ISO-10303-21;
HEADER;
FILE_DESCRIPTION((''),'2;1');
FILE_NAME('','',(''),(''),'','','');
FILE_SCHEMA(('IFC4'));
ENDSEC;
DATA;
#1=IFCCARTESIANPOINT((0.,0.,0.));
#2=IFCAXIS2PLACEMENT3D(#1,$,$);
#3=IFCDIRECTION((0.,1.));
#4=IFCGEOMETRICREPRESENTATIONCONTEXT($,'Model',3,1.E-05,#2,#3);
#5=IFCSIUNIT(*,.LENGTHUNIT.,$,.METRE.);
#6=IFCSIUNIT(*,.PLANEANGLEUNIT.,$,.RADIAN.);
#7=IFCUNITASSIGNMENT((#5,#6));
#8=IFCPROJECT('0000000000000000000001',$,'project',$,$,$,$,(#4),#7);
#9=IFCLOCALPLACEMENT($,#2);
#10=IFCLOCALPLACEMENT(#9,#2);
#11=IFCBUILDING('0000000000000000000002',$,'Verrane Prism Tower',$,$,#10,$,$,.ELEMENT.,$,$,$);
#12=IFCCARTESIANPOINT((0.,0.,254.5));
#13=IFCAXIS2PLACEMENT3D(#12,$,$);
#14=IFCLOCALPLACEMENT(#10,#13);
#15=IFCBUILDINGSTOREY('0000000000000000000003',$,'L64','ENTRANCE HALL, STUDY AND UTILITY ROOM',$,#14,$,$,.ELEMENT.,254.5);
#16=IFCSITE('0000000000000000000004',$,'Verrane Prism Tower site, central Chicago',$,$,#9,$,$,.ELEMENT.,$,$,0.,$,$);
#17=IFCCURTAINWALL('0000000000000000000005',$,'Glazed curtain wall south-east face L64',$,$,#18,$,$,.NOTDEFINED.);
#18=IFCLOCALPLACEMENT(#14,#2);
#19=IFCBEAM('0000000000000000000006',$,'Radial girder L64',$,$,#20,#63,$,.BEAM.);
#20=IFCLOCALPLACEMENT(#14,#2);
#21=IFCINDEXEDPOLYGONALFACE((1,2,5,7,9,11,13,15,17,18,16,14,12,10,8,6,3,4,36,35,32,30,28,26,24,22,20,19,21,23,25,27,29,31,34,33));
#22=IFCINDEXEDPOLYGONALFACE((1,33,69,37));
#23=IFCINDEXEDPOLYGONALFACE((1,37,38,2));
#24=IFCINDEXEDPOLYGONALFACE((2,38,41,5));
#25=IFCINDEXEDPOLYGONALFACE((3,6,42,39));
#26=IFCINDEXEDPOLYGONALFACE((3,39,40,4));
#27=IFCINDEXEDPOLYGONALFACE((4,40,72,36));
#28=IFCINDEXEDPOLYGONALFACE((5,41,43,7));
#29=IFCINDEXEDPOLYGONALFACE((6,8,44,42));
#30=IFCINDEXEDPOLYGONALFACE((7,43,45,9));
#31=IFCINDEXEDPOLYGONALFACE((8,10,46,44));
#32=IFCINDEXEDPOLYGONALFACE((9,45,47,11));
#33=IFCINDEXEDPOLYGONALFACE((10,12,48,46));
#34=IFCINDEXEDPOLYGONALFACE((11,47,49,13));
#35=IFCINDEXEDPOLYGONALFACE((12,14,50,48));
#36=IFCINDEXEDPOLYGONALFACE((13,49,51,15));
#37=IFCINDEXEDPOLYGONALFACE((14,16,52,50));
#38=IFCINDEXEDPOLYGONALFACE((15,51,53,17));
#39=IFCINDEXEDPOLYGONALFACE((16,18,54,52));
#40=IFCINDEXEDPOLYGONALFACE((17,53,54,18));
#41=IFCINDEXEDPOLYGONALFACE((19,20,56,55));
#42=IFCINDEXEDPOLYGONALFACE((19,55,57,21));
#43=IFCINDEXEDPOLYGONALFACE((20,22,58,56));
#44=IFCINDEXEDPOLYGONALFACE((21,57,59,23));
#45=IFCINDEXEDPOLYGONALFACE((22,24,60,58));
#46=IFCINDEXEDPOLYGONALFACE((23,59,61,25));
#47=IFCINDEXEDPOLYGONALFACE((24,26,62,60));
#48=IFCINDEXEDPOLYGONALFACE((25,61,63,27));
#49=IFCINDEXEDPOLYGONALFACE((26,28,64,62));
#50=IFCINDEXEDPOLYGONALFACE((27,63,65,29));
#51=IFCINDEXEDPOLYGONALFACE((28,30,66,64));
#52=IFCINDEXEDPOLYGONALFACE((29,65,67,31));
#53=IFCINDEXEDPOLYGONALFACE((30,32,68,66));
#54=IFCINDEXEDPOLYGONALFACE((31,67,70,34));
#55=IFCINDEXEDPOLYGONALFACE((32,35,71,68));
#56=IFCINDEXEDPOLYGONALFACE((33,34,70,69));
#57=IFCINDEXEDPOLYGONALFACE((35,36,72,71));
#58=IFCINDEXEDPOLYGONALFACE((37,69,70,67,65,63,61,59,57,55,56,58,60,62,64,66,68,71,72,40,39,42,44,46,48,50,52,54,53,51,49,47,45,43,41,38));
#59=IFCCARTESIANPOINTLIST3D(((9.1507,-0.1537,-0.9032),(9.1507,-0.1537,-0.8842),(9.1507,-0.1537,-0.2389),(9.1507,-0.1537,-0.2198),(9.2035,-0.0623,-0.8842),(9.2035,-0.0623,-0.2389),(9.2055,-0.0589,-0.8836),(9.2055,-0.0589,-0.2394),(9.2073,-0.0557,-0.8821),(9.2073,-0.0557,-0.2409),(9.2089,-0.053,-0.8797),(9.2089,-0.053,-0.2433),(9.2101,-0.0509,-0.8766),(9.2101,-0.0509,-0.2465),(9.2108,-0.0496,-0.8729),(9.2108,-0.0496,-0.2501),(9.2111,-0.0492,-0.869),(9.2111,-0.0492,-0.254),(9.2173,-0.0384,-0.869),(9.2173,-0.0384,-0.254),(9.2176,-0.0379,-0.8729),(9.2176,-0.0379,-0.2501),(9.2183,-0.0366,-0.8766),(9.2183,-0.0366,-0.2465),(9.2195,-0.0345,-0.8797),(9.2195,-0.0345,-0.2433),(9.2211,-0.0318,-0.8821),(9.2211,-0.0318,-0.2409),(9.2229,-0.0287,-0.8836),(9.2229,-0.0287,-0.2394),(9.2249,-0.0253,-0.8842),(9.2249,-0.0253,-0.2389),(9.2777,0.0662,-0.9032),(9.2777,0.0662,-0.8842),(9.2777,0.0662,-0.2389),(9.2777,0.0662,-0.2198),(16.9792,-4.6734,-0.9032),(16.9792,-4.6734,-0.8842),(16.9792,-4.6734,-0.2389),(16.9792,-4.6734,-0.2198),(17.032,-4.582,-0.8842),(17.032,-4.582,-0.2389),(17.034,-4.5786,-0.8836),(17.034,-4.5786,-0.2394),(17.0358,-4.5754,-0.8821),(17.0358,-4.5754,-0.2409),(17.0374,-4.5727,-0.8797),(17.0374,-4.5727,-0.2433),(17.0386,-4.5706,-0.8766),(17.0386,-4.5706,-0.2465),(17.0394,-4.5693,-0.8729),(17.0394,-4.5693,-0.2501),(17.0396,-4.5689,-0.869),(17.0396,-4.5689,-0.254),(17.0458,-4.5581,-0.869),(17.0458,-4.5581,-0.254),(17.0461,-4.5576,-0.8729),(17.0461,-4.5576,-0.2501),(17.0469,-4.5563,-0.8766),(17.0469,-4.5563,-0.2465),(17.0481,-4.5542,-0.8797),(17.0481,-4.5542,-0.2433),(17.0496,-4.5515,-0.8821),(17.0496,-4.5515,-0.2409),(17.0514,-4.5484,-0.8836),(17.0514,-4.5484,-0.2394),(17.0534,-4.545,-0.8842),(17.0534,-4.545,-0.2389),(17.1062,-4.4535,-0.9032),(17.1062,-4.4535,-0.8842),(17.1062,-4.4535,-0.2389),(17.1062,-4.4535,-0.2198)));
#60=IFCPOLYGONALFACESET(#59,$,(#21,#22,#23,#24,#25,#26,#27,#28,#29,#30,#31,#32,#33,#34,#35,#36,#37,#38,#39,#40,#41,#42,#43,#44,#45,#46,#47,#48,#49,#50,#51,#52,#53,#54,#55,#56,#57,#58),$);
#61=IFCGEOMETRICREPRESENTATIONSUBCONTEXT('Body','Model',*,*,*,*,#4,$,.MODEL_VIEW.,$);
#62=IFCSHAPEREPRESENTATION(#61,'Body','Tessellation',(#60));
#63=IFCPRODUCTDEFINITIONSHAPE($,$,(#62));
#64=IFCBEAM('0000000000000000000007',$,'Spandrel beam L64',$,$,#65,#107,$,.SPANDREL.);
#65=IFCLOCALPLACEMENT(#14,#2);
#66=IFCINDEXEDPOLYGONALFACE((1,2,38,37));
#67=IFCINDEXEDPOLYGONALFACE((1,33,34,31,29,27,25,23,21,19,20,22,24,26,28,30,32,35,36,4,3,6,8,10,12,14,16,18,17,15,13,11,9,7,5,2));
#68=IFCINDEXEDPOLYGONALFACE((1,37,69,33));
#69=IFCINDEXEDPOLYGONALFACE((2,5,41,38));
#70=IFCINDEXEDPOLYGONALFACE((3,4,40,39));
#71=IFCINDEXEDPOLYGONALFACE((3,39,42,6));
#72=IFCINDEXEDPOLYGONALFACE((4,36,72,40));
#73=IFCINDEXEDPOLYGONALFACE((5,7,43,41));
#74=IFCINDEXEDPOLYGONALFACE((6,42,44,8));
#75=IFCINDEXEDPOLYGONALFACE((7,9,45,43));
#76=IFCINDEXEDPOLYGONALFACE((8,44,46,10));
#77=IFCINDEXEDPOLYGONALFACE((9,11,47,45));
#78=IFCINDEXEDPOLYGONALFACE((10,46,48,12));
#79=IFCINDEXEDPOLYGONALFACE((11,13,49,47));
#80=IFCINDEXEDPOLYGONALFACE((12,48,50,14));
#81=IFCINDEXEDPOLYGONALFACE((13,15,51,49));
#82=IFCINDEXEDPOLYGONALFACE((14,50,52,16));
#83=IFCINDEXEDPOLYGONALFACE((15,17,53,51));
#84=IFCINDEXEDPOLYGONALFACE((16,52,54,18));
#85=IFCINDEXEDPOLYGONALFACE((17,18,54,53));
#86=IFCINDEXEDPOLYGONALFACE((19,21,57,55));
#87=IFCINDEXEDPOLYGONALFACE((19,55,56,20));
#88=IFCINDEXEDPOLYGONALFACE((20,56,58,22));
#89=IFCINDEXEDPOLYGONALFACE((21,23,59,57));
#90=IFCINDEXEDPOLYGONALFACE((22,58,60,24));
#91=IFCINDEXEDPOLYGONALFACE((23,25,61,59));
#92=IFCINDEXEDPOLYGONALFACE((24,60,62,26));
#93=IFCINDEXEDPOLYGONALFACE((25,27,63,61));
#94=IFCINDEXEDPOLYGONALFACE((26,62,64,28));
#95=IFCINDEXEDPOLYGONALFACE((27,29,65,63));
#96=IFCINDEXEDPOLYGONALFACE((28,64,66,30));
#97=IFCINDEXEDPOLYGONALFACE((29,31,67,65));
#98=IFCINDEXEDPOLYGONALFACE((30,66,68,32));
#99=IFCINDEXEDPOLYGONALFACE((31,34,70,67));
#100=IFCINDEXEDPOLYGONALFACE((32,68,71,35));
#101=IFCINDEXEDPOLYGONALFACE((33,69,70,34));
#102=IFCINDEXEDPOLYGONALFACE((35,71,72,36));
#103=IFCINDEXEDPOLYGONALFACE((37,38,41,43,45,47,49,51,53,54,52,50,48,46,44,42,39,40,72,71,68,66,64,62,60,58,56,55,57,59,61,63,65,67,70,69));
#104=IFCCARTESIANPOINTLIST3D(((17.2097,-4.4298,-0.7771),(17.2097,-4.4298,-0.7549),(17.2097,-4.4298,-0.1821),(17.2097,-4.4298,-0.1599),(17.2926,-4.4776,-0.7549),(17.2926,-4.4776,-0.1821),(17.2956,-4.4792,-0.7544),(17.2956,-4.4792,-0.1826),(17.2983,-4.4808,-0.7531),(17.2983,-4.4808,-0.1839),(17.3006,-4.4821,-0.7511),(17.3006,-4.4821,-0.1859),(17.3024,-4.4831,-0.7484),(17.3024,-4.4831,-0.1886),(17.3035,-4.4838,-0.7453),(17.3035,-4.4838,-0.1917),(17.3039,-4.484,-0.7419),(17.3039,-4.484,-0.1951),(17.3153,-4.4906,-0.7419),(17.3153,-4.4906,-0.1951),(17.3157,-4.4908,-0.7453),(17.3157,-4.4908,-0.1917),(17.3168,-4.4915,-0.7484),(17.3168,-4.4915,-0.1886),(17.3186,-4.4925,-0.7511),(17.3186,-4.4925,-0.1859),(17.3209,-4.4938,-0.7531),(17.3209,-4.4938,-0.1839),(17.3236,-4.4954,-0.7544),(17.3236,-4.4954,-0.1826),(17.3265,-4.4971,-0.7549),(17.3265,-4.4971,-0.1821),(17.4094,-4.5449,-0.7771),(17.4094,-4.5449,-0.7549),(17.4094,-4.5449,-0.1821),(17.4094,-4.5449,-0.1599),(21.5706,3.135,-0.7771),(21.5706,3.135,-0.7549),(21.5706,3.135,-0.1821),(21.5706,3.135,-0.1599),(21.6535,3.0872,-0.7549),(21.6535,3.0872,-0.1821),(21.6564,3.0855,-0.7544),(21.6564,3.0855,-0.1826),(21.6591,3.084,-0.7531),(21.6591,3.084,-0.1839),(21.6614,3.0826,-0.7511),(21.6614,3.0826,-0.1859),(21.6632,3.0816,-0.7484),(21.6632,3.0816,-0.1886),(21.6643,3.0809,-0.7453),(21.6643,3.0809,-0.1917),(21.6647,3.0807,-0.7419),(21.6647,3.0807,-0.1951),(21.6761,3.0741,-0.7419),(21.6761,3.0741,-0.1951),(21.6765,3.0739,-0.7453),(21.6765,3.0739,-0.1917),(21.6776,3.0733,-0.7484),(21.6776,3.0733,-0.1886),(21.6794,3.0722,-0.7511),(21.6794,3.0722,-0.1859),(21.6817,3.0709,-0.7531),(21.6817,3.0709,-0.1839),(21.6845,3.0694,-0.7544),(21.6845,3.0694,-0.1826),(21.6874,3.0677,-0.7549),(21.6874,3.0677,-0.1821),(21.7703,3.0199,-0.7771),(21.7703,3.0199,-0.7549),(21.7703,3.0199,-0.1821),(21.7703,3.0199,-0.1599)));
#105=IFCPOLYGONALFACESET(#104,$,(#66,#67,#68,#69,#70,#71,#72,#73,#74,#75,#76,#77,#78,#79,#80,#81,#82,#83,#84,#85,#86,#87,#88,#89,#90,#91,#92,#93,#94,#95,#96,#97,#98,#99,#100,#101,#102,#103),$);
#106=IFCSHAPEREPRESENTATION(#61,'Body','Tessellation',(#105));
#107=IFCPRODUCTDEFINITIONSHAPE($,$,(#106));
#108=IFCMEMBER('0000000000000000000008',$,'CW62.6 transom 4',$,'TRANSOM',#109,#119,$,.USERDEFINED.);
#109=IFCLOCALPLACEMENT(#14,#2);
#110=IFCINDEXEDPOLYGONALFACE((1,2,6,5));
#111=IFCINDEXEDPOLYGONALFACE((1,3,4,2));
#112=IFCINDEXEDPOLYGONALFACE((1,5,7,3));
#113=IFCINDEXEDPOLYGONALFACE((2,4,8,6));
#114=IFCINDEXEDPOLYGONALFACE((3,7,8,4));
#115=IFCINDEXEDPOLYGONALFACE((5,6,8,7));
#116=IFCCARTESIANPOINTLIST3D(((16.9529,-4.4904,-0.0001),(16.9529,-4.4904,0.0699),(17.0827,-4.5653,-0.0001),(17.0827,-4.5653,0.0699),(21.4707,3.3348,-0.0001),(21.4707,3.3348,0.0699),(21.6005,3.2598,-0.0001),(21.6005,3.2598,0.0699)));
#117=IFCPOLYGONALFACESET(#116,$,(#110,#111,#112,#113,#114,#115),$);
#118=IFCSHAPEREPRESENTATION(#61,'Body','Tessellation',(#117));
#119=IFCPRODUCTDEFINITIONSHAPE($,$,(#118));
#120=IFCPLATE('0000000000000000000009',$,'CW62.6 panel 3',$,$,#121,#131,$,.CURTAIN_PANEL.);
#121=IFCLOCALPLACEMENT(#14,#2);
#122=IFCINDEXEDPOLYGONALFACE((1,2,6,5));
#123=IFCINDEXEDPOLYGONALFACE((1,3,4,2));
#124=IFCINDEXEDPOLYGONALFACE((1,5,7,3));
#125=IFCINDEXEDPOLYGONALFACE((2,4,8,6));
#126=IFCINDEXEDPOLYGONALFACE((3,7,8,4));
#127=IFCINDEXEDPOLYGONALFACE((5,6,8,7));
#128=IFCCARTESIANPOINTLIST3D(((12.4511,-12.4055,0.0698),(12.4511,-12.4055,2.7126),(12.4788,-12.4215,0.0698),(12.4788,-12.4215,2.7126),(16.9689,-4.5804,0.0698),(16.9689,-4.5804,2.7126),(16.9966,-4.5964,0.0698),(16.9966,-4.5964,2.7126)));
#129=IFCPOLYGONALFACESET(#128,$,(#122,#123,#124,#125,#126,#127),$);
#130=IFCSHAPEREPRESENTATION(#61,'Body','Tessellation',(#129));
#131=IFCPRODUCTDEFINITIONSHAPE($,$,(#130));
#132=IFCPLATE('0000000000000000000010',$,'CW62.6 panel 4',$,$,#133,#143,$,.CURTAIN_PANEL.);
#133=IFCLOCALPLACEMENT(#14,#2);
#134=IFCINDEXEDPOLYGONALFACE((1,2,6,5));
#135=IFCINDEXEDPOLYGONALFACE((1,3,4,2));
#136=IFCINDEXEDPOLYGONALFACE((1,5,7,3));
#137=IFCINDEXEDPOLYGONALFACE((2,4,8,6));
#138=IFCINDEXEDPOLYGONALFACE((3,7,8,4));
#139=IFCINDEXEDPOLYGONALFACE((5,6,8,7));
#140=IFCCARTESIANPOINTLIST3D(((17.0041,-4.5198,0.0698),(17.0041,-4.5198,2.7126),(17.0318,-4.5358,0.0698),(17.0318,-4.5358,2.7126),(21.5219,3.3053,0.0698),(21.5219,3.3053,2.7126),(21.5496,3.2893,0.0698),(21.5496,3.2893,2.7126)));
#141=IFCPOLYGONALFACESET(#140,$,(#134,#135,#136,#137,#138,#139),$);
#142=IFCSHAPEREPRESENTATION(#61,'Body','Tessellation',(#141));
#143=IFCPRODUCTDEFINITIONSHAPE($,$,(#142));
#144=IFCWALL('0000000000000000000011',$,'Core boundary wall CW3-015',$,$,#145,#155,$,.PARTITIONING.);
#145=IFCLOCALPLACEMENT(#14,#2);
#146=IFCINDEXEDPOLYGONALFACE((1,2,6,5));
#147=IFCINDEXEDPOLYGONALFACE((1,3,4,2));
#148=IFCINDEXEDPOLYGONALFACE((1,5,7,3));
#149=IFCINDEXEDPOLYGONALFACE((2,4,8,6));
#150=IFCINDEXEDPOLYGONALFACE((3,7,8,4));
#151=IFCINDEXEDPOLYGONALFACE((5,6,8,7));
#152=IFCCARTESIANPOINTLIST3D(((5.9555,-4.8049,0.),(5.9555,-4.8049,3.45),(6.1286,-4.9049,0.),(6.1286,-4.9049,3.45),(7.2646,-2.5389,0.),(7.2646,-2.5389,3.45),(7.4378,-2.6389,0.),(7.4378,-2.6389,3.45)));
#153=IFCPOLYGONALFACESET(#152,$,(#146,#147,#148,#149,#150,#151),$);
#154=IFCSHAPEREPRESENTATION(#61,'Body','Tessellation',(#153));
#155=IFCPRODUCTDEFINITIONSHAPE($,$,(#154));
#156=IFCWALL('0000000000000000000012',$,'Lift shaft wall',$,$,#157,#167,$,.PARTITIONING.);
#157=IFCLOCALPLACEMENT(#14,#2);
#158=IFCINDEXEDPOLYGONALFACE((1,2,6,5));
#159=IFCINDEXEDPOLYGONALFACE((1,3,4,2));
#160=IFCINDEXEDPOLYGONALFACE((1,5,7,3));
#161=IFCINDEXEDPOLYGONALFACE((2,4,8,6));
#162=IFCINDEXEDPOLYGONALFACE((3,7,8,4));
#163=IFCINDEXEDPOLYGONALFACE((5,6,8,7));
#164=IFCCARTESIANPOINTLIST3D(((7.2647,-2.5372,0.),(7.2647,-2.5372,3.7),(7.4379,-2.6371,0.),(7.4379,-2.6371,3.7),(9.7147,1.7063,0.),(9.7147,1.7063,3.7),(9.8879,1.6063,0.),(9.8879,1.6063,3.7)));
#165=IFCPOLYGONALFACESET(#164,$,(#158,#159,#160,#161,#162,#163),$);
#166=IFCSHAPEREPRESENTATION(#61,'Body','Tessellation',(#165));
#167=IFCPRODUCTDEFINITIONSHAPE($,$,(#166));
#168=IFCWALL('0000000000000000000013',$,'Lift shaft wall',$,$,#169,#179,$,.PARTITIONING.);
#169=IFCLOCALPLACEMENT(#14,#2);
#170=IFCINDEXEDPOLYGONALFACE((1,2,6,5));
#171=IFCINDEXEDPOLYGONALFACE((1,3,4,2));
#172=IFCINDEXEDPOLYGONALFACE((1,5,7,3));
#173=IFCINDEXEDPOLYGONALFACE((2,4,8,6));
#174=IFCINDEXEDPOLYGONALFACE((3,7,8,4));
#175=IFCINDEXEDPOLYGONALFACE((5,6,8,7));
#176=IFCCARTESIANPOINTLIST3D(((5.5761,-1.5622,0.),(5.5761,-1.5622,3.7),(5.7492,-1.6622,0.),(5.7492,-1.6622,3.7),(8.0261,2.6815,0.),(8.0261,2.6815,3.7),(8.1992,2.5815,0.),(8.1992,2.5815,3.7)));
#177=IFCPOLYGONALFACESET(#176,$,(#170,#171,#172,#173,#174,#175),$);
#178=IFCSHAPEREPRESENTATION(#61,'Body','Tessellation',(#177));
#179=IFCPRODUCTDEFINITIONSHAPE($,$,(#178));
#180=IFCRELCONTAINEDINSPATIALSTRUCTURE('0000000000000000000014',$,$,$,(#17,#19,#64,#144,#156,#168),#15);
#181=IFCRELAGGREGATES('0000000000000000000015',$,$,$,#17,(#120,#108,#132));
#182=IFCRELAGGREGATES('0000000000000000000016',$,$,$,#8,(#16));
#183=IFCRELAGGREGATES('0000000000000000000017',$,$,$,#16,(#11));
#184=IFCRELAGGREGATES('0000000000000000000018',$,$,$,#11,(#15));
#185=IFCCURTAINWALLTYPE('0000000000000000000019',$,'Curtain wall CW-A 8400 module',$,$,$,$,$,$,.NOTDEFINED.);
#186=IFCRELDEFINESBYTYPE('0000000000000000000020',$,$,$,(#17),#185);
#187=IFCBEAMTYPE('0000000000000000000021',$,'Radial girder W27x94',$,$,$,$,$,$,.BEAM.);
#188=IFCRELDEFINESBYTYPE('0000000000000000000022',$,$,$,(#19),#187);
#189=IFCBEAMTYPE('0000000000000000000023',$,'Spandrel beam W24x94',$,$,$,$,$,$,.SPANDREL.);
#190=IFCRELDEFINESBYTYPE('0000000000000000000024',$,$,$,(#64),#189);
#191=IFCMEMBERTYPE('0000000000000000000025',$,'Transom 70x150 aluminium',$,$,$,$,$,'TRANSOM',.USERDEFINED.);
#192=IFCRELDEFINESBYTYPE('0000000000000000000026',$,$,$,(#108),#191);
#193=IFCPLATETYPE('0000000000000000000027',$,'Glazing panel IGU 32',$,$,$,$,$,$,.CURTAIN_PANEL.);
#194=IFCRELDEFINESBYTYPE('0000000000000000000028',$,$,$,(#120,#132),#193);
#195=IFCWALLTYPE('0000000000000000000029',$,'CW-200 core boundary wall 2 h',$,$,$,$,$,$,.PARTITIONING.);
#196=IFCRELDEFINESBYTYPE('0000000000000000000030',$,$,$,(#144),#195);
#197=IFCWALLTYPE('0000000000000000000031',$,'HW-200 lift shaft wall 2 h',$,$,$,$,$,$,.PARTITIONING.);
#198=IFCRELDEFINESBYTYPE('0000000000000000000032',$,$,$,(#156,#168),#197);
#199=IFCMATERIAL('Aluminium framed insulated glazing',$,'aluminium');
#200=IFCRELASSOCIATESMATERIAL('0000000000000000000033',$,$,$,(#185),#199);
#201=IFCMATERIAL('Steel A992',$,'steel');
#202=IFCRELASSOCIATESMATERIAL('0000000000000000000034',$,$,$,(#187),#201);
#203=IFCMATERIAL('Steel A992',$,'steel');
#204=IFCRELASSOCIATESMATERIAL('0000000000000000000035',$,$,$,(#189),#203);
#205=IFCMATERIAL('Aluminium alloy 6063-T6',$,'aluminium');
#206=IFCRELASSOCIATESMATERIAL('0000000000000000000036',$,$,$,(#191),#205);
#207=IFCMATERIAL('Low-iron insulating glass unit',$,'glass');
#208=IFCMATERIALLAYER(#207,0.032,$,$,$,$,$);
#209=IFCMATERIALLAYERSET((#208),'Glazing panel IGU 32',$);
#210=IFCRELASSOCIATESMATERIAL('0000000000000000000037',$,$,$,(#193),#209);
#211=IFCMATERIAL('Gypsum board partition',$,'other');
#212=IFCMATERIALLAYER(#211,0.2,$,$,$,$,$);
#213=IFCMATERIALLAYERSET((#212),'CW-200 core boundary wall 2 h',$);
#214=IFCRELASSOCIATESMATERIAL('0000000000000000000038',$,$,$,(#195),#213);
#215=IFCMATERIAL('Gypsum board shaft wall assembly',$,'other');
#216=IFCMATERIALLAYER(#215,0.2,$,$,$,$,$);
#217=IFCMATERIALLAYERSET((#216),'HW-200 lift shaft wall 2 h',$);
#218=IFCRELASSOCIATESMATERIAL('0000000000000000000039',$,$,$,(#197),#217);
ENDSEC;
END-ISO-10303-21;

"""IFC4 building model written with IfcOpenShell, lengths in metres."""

from ifc_helpers import new_model, si_unit, direction, frame, frame_2d, origin, origin_2d, place, context, subcontext, project, spatial, rectangle, i_section, extrude, material, layer, layer_set, material_profile, profile_set, type_object, element, aggregate, save


model = new_model("IFC4")

# Units and contexts
model_context = context("Model", 3, precision=1e-05, world=origin(), true_north=direction((0.0, 1.0)))
body_context = subcontext(model_context, "Body", "Model", "MODEL_VIEW")
ifc_project = project(units=[si_unit("LENGTHUNIT", "METRE"), si_unit("PLANEANGLEUNIT", "RADIAN")], contexts=[model_context])

# Site, building, storey
site_placement = place(None, origin())
site = spatial("IfcSite", under=ifc_project, at=site_placement, Name="Verrane Prism Tower site, central Chicago", CompositionType="ELEMENT", RefElevation=0.0)
building_placement = place(site_placement, origin())
building = spatial("IfcBuilding", under=site, at=building_placement, Name="Verrane Prism Tower", CompositionType="ELEMENT")
storey_placement = place(building_placement, frame((0.0, 0.0, 254.5)))
storey = spatial("IfcBuildingStorey", under=building, at=storey_placement, Name="L64", Description="ENTRANCE HALL, STUDY AND UTILITY ROOM", CompositionType="ELEMENT", Elevation=254.5)

# Curtain wall
ifc_material_1 = material(Name="Aluminium framed insulated glazing", Category="aluminium")
curtain_wall_type = type_object("IfcCurtainWallType", Name="Curtain wall CW-A 8400 module", PredefinedType="NOTDEFINED", material=ifc_material_1)
curtain_wall_placement = place(storey_placement, origin())
curtain_wall = element("IfcCurtainWall", 1, at=curtain_wall_placement, inside=storey, type_object=curtain_wall_type, Name="Glazed curtain wall south-east face L64", PredefinedType="NOTDEFINED")

# Beams
ifc_material_2 = material(Name="Steel A992", Category="steel")
ifc_material_profile_1 = material_profile(ifc_material_2, i_section(OverallWidth=0.2539, OverallDepth=0.6833, WebThickness=0.0125, FlangeThickness=0.019, FilletRadius=0.0151, at=origin_2d()), Name="W27x94")
ifc_profile_set_1 = profile_set([ifc_material_profile_1], Name="Steel A992")
beam_type_1 = type_object("IfcBeamType", Name="Radial girder W27x94", PredefinedType="BEAM", material=ifc_profile_set_1)
beam_1_placement = place(storey_placement, frame((17.0427, -4.5635, -0.5615), z_axis=(-0.866029, 0.499994, 0.0), x_axis=(-0.499994, -0.866029, 0.0)))
element("IfcBeam", 2, at=beam_1_placement, inside=storey, type_object=beam_type_1, Name="Radial girder L64", PredefinedType="BEAM", context=body_context, shape_type="SweptSolid", body=[
    extrude(i_section(OverallWidth=0.2539, OverallDepth=0.6833, WebThickness=0.0125, FlangeThickness=0.019, FilletRadius=0.0151, at=origin_2d()), origin(), (0.0, 0.0, 1.0), 9.0396),
])
ifc_material_3 = material(Name="Steel A992", Category="steel")
ifc_material_profile_2 = material_profile(ifc_material_3, i_section(OverallWidth=0.2305, OverallDepth=0.6172, WebThickness=0.0132, FlangeThickness=0.0222, FilletRadius=0.0129, at=origin_2d()), Name="W24x94")
ifc_profile_set_2 = profile_set([ifc_material_profile_2], Name="Steel A992")
beam_type_2 = type_object("IfcBeamType", Name="Spandrel beam W24x94", PredefinedType="SPANDREL", material=ifc_profile_set_2)
beam_2_placement = place(storey_placement, frame((17.3096, -4.4873, -0.4685), z_axis=(0.49943, 0.866355, 0.0), x_axis=(-0.866355, 0.49943, 0.0)))
element("IfcBeam", 3, at=beam_2_placement, inside=storey, type_object=beam_type_2, Name="Spandrel beam L64", PredefinedType="SPANDREL", context=body_context, shape_type="SweptSolid", body=[
    extrude(i_section(OverallWidth=0.2305, OverallDepth=0.6172, WebThickness=0.0132, FlangeThickness=0.0222, FilletRadius=0.0129, at=origin_2d()), origin(), (0.0, 0.0, 1.0), 8.7317),
])

# Member
ifc_material_4 = material(Name="Aluminium alloy 6063-T6", Category="aluminium")
ifc_material_profile_3 = material_profile(ifc_material_4, rectangle(XDim=0.1499, YDim=0.0701, at=origin_2d()), Name="Transom 70x150 aluminium")
ifc_profile_set_3 = profile_set([ifc_material_profile_3], Name="Aluminium alloy 6063-T6")
member_type_1 = type_object("IfcMemberType", Name="Transom 70x150 aluminium", ElementType="TRANSOM", PredefinedType="USERDEFINED", material=ifc_profile_set_3)
member_1_placement = place(storey_placement, frame((17.0178, -4.5278, 0.0349), z_axis=(0.499995, 0.866028, 0.0), x_axis=(-0.866028, 0.499995, 0.0)))
member_1 = element("IfcMember", 4, at=member_1_placement, type_object=member_type_1, Name="CW62.6 transom 4", ObjectType="TRANSOM", PredefinedType="USERDEFINED", context=body_context, shape_type="SweptSolid", body=[
    extrude(rectangle(XDim=0.1499, YDim=0.0701, at=origin_2d()), origin(), (0.0, 0.0, 1.0), 9.0356),
])

# Plates
ifc_material_5 = material(Name="Low-iron insulating glass unit", Category="glass")
ifc_layer_1 = layer(ifc_material_5, 0.032)
ifc_layer_set_1 = layer_set([ifc_layer_1], Name="Glazing panel IGU 32")
plate_type = type_object("IfcPlateType", Name="Glazing panel IGU 32", PredefinedType="CURTAIN_PANEL", material=ifc_layer_set_1)
plate_1_placement = place(storey_placement, frame((14.7239, -8.501, 0.0698), z_axis=(0.0, 0.0, 1.0), x_axis=(0.5, 0.866026, 0.0)))
plate_1 = element("IfcPlate", 5, at=plate_1_placement, type_object=plate_type, Name="CW62.6 panel 3", PredefinedType="CURTAIN_PANEL", context=body_context, shape_type="SweptSolid", body=[
    extrude(rectangle(XDim=9.0356, YDim=0.032, at=origin_2d()), origin(), (0.0, 0.0, 1.0), 2.6428),
])
plate_2_placement = place(storey_placement, frame((19.2769, -0.6152, 0.0698), z_axis=(0.0, 0.0, 1.0), x_axis=(0.5, 0.866026, 0.0)))
plate_2 = element("IfcPlate", 6, at=plate_2_placement, type_object=plate_type, Name="CW62.6 panel 4", PredefinedType="CURTAIN_PANEL", context=body_context, shape_type="SweptSolid", body=[
    extrude(rectangle(XDim=9.0356, YDim=0.032, at=origin_2d()), origin(), (0.0, 0.0, 1.0), 2.6428),
])
aggregate(curtain_wall, [plate_1, member_1, plate_2])

# Walls
ifc_material_6 = material(Name="Gypsum board partition", Category="other")
ifc_layer_2 = layer(ifc_material_6, 0.2)
ifc_layer_set_2 = layer_set([ifc_layer_2], Name="CW-200 core boundary wall 2 h")
wall_type_1 = type_object("IfcWallType", Name="CW-200 core boundary wall 2 h", PredefinedType="PARTITIONING", material=ifc_layer_set_2)
wall_1_placement = place(storey_placement, frame((6.042, -4.855, 0.0), z_axis=(0.0, 0.0, 1.0), x_axis=(0.500253, 0.865879, 0.0)))
element("IfcWall", 7, at=wall_1_placement, inside=storey, type_object=wall_type_1, Name="Core boundary wall CW3-015", PredefinedType="PARTITIONING", context=body_context, shape_type="SweptSolid", body=[
    extrude(rectangle(XDim=2.6169, YDim=0.2, at=frame_2d((1.3086, 0.0))), origin(), (0.0, 0.0, 1.0), 3.45),
])
ifc_material_7 = material(Name="Gypsum board shaft wall assembly", Category="other")
ifc_layer_3 = layer(ifc_material_7, 0.2)
ifc_layer_set_3 = layer_set([ifc_layer_3], Name="HW-200 lift shaft wall 2 h")
wall_type_2 = type_object("IfcWallType", Name="HW-200 lift shaft wall 2 h", PredefinedType="PARTITIONING", material=ifc_layer_set_3)
wall_2_placement = place(storey_placement, frame((7.3513, -2.5872, 0.0), z_axis=(0.0, 0.0, 1.0), x_axis=(0.500003, 0.866024, 0.0)))
element("IfcWall", 8, at=wall_2_placement, inside=storey, type_object=wall_type_2, Name="Lift shaft wall", PredefinedType="PARTITIONING", context=body_context, shape_type="SweptSolid", body=[
    extrude(rectangle(XDim=4.8999, YDim=0.2, at=frame_2d((2.45, 0.0))), origin(), (0.0, 0.0, 1.0), 3.7),
])
wall_3_placement = place(storey_placement, frame((5.6626, -1.6123, 0.0), z_axis=(0.0, 0.0, 1.0), x_axis=(0.499981, 0.866036, 0.0)))
element("IfcWall", 9, at=wall_3_placement, inside=storey, type_object=wall_type_2, Name="Lift shaft wall", PredefinedType="PARTITIONING", context=body_context, shape_type="SweptSolid", body=[
    extrude(rectangle(XDim=4.9001, YDim=0.2, at=frame_2d((2.4502, 0.0))), origin(), (0.0, 0.0, 1.0), 3.7),
])

save(model, "model.ifc")
